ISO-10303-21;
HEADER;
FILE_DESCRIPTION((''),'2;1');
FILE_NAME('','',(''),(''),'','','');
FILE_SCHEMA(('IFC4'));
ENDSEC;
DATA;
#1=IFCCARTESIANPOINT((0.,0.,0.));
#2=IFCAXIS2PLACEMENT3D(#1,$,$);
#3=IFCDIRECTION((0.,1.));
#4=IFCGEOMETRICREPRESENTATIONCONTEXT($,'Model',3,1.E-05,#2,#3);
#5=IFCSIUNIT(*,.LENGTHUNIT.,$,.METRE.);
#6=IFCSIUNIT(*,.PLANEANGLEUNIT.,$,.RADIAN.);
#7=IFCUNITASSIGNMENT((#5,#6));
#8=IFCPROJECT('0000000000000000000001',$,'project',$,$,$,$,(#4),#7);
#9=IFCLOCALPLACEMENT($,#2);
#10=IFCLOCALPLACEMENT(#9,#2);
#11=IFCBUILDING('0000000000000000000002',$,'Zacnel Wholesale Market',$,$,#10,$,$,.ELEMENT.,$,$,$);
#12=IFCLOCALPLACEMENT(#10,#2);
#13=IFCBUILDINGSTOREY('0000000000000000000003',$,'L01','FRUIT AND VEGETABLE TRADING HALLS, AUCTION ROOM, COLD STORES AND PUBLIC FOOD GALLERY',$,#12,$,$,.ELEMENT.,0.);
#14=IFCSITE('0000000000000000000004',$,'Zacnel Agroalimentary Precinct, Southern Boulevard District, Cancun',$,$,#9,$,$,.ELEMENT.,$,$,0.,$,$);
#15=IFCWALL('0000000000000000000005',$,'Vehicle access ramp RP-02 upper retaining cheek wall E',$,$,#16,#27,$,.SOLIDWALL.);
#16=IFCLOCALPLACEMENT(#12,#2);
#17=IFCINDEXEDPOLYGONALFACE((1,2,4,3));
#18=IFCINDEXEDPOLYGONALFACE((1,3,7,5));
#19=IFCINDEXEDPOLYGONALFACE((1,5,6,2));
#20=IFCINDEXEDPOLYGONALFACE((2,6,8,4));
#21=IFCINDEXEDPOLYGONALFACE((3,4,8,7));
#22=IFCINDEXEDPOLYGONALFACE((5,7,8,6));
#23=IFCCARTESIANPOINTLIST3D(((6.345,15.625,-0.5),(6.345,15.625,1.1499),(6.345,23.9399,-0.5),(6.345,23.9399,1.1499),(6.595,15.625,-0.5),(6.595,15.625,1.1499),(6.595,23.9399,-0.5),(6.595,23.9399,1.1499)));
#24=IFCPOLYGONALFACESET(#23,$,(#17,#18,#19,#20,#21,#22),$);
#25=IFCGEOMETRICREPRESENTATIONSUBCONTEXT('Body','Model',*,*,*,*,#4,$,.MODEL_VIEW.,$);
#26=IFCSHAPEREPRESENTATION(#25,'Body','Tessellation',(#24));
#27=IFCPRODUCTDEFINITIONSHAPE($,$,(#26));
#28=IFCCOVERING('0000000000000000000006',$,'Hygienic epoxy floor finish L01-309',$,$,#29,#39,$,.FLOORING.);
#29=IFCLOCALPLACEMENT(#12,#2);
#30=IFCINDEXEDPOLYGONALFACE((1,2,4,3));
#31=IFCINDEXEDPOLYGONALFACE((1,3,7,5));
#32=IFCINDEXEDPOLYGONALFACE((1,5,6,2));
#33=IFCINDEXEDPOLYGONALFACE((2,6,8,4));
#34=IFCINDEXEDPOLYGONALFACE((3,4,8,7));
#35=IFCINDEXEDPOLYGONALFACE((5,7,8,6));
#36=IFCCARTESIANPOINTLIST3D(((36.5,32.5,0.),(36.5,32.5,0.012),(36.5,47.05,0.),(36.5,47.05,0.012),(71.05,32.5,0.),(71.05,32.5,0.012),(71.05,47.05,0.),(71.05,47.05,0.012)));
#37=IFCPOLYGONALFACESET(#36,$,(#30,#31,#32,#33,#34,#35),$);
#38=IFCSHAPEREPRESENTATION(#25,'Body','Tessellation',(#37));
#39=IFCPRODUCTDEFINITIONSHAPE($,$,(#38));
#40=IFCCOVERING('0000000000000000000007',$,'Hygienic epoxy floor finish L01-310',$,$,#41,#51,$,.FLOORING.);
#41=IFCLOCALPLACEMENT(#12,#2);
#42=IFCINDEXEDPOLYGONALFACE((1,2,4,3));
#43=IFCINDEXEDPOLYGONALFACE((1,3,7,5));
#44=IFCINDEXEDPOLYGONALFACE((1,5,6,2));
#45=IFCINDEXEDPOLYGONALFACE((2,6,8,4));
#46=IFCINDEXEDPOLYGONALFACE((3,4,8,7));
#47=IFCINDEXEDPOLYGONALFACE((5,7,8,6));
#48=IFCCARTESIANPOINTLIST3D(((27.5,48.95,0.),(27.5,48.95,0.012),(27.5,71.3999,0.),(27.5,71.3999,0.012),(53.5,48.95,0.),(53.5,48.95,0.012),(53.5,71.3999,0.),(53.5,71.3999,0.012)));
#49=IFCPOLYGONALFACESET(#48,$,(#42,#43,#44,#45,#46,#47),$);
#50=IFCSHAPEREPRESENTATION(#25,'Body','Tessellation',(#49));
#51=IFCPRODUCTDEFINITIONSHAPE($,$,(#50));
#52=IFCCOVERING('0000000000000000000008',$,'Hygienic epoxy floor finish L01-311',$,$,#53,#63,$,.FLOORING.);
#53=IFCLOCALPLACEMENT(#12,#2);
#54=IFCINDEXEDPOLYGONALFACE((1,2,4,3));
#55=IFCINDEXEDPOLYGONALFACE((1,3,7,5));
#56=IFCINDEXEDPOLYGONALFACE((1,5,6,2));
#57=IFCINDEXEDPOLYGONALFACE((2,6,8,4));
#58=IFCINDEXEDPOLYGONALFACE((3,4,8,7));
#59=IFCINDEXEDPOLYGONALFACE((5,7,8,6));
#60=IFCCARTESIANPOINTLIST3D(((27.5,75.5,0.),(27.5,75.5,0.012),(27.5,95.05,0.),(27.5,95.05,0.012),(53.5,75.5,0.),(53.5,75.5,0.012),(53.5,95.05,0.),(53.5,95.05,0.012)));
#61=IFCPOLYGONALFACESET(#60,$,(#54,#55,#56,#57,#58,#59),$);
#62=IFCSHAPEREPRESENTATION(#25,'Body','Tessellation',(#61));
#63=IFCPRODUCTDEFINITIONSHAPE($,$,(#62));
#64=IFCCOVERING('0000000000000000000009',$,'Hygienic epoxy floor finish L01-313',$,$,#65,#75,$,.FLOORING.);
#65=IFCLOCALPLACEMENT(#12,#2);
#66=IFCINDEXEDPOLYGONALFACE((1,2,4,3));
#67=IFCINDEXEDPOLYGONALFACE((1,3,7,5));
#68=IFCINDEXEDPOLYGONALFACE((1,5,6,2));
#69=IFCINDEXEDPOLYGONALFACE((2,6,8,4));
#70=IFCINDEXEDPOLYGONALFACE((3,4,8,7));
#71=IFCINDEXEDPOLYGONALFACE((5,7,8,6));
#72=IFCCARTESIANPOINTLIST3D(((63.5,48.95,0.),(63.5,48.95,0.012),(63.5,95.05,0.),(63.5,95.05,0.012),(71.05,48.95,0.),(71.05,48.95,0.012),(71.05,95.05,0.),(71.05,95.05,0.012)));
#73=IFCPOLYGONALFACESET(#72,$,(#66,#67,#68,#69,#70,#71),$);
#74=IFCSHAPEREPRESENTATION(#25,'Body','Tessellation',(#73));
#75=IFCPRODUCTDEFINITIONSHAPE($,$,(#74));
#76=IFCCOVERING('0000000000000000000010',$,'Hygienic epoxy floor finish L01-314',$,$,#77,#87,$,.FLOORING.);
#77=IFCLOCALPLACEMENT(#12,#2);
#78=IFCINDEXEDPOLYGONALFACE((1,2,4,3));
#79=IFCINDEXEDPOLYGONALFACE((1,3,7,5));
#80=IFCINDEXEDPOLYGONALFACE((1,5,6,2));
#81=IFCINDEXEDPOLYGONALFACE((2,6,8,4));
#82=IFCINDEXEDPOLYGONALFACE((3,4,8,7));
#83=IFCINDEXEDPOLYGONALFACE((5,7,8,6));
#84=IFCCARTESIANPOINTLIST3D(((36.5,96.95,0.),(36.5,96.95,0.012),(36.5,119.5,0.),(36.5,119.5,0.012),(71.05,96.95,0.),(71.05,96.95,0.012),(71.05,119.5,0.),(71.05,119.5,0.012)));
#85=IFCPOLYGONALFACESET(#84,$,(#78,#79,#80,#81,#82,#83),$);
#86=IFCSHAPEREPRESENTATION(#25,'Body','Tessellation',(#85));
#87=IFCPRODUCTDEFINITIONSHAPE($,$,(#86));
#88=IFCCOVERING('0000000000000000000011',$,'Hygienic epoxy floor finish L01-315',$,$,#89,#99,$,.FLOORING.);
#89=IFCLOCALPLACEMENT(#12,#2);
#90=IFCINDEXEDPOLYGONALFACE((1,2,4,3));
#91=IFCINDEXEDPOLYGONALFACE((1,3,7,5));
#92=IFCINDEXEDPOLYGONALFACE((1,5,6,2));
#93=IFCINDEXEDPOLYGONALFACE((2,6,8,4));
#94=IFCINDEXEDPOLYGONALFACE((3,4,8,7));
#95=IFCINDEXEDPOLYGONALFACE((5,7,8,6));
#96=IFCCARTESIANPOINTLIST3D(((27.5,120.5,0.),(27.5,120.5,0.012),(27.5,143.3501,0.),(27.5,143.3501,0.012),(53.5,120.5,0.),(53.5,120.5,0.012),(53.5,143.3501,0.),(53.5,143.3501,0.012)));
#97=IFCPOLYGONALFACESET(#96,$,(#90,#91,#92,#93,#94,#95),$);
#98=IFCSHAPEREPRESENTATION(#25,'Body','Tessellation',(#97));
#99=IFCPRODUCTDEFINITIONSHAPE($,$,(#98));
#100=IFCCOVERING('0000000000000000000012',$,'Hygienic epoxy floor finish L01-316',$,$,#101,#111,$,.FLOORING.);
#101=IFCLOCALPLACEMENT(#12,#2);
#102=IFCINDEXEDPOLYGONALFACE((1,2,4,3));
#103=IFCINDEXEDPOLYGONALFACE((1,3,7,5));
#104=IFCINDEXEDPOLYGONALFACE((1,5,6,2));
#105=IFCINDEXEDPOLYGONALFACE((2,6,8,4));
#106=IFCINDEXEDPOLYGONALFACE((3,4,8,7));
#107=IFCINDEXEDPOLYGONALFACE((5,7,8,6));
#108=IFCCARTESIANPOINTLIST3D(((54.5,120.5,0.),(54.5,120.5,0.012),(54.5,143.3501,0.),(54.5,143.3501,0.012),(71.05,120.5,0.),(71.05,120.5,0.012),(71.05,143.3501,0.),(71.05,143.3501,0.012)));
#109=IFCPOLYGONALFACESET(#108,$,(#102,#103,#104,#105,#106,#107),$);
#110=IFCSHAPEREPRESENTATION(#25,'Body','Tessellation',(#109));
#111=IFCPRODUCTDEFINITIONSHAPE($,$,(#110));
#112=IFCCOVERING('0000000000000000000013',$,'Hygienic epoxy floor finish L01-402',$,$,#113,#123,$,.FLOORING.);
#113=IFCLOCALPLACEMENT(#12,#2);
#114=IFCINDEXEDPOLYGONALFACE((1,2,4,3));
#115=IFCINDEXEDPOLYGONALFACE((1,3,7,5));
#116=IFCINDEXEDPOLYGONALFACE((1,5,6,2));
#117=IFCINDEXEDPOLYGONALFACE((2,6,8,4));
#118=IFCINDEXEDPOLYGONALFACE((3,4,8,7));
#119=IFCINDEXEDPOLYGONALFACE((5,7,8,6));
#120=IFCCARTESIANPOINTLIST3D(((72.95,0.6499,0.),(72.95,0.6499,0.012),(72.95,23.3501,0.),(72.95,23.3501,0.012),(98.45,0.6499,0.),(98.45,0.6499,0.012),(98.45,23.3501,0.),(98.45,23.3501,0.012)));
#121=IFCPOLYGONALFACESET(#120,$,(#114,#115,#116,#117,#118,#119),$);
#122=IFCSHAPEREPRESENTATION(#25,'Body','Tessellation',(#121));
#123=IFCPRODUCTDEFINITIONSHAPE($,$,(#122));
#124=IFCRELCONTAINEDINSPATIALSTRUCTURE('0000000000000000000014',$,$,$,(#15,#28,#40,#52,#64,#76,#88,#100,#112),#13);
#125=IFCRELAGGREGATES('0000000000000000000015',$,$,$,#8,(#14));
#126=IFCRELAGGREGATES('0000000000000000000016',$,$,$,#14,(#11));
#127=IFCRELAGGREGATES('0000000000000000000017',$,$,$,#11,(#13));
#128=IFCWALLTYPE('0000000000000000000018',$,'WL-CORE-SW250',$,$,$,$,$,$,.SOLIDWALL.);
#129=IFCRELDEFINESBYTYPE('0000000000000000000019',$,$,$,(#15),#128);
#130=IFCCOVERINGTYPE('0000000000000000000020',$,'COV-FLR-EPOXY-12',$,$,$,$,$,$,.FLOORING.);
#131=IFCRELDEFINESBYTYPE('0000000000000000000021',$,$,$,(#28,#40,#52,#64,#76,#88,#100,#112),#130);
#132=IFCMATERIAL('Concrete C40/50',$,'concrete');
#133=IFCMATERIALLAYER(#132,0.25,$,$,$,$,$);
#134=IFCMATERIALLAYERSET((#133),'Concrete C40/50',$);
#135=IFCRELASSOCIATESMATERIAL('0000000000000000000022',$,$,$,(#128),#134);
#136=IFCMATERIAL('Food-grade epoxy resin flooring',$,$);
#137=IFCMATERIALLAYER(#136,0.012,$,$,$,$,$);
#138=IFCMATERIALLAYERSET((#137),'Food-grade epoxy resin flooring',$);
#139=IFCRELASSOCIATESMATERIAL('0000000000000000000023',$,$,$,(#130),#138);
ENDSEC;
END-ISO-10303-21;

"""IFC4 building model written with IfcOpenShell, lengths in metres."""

from ifc_helpers import new_model, si_unit, direction, frame, frame_2d, origin, place, context, subcontext, project, spatial, polyline, rectangle, outline, extrude, material, layer, layer_set, type_object, element, save


model = new_model("IFC4")

# Units and contexts
model_context = context("Model", 3, precision=1e-05, world=origin(), true_north=direction((0.0, 1.0)))
body_context = subcontext(model_context, "Body", "Model", "MODEL_VIEW")
ifc_project = project(units=[si_unit("LENGTHUNIT", "METRE"), si_unit("PLANEANGLEUNIT", "RADIAN")], contexts=[model_context])

# Site, building, storey
site_placement = place(None, origin())
site = spatial("IfcSite", under=ifc_project, at=site_placement, Name="Zacnel Agroalimentary Precinct, Southern Boulevard District, Cancun", CompositionType="ELEMENT", RefElevation=0.0)
building_placement = place(site_placement, origin())
building = spatial("IfcBuilding", under=site, at=building_placement, Name="Zacnel Wholesale Market", CompositionType="ELEMENT")
storey_placement = place(building_placement, origin())
storey = spatial("IfcBuildingStorey", under=building, at=storey_placement, Name="L01", Description="FRUIT AND VEGETABLE TRADING HALLS, AUCTION ROOM, COLD STORES AND PUBLIC FOOD GALLERY", CompositionType="ELEMENT", Elevation=0.0)

# Wall
ifc_material_1 = material(Name="Concrete C40/50", Category="concrete")
ifc_layer_1 = layer(ifc_material_1, 0.25)
ifc_layer_set_1 = layer_set([ifc_layer_1], Name="Concrete C40/50")
wall_type = type_object("IfcWallType", Name="WL-CORE-SW250", PredefinedType="SOLIDWALL", material=ifc_layer_set_1)
wall_1_placement = place(storey_placement, frame((6.47, 15.625, -0.5), z_axis=(0.0, 0.0, 1.0), x_axis=(0.0, 1.0, 0.0)))
element("IfcWall", 1, at=wall_1_placement, inside=storey, type_object=wall_type, Name="Vehicle access ramp RP-02 upper retaining cheek wall E", PredefinedType="SOLIDWALL", context=body_context, shape_type="SweptSolid", body=[
    extrude(rectangle(XDim=8.3149, YDim=0.25, at=frame_2d((4.1575, 0.0))), origin(), (0.0, 0.0, 1.0), 1.6499),
])

# Coverings
ifc_material_2 = material(Name="Food-grade epoxy resin flooring")
ifc_layer_2 = layer(ifc_material_2, 0.012)
ifc_layer_set_2 = layer_set([ifc_layer_2], Name="Food-grade epoxy resin flooring")
covering_type = type_object("IfcCoveringType", Name="COV-FLR-EPOXY-12", PredefinedType="FLOORING", material=ifc_layer_set_2)
covering_1_placement = place(storey_placement, origin())
element("IfcCovering", 2, at=covering_1_placement, inside=storey, type_object=covering_type, Name="Hygienic epoxy floor finish L01-309", PredefinedType="FLOORING", context=body_context, shape_type="SweptSolid", body=[
    extrude(outline(polyline([(36.5, 32.5), (71.05, 32.5), (71.05, 47.05), (36.5, 47.05), (36.5, 32.5)])), origin(), (0.0, 0.0, 1.0), 0.012),
])
covering_2_placement = place(storey_placement, origin())
element("IfcCovering", 3, at=covering_2_placement, inside=storey, type_object=covering_type, Name="Hygienic epoxy floor finish L01-310", PredefinedType="FLOORING", context=body_context, shape_type="SweptSolid", body=[
    extrude(outline(polyline([(27.5, 48.95), (53.5, 48.95), (53.5, 71.3999), (27.5, 71.3999), (27.5, 48.95)])), origin(), (0.0, 0.0, 1.0), 0.012),
])
covering_3_placement = place(storey_placement, origin())
element("IfcCovering", 4, at=covering_3_placement, inside=storey, type_object=covering_type, Name="Hygienic epoxy floor finish L01-311", PredefinedType="FLOORING", context=body_context, shape_type="SweptSolid", body=[
    extrude(outline(polyline([(27.5, 75.5), (53.5, 75.5), (53.5, 95.05), (27.5, 95.05), (27.5, 75.5)])), origin(), (0.0, 0.0, 1.0), 0.012),
])
covering_4_placement = place(storey_placement, origin())
element("IfcCovering", 5, at=covering_4_placement, inside=storey, type_object=covering_type, Name="Hygienic epoxy floor finish L01-313", PredefinedType="FLOORING", context=body_context, shape_type="SweptSolid", body=[
    extrude(outline(polyline([(63.5, 48.95), (71.05, 48.95), (71.05, 95.05), (63.5, 95.05), (63.5, 48.95)])), origin(), (0.0, 0.0, 1.0), 0.012),
])
covering_5_placement = place(storey_placement, origin())
element("IfcCovering", 6, at=covering_5_placement, inside=storey, type_object=covering_type, Name="Hygienic epoxy floor finish L01-314", PredefinedType="FLOORING", context=body_context, shape_type="SweptSolid", body=[
    extrude(outline(polyline([(36.5, 96.95), (71.05, 96.95), (71.05, 119.5), (36.5, 119.5), (36.5, 96.95)])), origin(), (0.0, 0.0, 1.0), 0.012),
])
covering_6_placement = place(storey_placement, origin())
element("IfcCovering", 7, at=covering_6_placement, inside=storey, type_object=covering_type, Name="Hygienic epoxy floor finish L01-315", PredefinedType="FLOORING", context=body_context, shape_type="SweptSolid", body=[
    extrude(outline(polyline([(27.5, 120.5), (53.5, 120.5), (53.5, 143.3501), (27.5, 143.3501), (27.5, 120.5)])), origin(), (0.0, 0.0, 1.0), 0.012),
])
covering_7_placement = place(storey_placement, origin())
element("IfcCovering", 8, at=covering_7_placement, inside=storey, type_object=covering_type, Name="Hygienic epoxy floor finish L01-316", PredefinedType="FLOORING", context=body_context, shape_type="SweptSolid", body=[
    extrude(outline(polyline([(54.5, 120.5), (71.05, 120.5), (71.05, 143.3501), (54.5, 143.3501), (54.5, 120.5)])), origin(), (0.0, 0.0, 1.0), 0.012),
])
covering_8_placement = place(storey_placement, origin())
element("IfcCovering", 9, at=covering_8_placement, inside=storey, type_object=covering_type, Name="Hygienic epoxy floor finish L01-402", PredefinedType="FLOORING", context=body_context, shape_type="SweptSolid", body=[
    extrude(outline(polyline([(72.95, 0.6499), (98.45, 0.6499), (98.45, 23.3501), (72.95, 23.3501), (72.95, 0.6499)])), origin(), (0.0, 0.0, 1.0), 0.012),
])

save(model, "model.ifc")
